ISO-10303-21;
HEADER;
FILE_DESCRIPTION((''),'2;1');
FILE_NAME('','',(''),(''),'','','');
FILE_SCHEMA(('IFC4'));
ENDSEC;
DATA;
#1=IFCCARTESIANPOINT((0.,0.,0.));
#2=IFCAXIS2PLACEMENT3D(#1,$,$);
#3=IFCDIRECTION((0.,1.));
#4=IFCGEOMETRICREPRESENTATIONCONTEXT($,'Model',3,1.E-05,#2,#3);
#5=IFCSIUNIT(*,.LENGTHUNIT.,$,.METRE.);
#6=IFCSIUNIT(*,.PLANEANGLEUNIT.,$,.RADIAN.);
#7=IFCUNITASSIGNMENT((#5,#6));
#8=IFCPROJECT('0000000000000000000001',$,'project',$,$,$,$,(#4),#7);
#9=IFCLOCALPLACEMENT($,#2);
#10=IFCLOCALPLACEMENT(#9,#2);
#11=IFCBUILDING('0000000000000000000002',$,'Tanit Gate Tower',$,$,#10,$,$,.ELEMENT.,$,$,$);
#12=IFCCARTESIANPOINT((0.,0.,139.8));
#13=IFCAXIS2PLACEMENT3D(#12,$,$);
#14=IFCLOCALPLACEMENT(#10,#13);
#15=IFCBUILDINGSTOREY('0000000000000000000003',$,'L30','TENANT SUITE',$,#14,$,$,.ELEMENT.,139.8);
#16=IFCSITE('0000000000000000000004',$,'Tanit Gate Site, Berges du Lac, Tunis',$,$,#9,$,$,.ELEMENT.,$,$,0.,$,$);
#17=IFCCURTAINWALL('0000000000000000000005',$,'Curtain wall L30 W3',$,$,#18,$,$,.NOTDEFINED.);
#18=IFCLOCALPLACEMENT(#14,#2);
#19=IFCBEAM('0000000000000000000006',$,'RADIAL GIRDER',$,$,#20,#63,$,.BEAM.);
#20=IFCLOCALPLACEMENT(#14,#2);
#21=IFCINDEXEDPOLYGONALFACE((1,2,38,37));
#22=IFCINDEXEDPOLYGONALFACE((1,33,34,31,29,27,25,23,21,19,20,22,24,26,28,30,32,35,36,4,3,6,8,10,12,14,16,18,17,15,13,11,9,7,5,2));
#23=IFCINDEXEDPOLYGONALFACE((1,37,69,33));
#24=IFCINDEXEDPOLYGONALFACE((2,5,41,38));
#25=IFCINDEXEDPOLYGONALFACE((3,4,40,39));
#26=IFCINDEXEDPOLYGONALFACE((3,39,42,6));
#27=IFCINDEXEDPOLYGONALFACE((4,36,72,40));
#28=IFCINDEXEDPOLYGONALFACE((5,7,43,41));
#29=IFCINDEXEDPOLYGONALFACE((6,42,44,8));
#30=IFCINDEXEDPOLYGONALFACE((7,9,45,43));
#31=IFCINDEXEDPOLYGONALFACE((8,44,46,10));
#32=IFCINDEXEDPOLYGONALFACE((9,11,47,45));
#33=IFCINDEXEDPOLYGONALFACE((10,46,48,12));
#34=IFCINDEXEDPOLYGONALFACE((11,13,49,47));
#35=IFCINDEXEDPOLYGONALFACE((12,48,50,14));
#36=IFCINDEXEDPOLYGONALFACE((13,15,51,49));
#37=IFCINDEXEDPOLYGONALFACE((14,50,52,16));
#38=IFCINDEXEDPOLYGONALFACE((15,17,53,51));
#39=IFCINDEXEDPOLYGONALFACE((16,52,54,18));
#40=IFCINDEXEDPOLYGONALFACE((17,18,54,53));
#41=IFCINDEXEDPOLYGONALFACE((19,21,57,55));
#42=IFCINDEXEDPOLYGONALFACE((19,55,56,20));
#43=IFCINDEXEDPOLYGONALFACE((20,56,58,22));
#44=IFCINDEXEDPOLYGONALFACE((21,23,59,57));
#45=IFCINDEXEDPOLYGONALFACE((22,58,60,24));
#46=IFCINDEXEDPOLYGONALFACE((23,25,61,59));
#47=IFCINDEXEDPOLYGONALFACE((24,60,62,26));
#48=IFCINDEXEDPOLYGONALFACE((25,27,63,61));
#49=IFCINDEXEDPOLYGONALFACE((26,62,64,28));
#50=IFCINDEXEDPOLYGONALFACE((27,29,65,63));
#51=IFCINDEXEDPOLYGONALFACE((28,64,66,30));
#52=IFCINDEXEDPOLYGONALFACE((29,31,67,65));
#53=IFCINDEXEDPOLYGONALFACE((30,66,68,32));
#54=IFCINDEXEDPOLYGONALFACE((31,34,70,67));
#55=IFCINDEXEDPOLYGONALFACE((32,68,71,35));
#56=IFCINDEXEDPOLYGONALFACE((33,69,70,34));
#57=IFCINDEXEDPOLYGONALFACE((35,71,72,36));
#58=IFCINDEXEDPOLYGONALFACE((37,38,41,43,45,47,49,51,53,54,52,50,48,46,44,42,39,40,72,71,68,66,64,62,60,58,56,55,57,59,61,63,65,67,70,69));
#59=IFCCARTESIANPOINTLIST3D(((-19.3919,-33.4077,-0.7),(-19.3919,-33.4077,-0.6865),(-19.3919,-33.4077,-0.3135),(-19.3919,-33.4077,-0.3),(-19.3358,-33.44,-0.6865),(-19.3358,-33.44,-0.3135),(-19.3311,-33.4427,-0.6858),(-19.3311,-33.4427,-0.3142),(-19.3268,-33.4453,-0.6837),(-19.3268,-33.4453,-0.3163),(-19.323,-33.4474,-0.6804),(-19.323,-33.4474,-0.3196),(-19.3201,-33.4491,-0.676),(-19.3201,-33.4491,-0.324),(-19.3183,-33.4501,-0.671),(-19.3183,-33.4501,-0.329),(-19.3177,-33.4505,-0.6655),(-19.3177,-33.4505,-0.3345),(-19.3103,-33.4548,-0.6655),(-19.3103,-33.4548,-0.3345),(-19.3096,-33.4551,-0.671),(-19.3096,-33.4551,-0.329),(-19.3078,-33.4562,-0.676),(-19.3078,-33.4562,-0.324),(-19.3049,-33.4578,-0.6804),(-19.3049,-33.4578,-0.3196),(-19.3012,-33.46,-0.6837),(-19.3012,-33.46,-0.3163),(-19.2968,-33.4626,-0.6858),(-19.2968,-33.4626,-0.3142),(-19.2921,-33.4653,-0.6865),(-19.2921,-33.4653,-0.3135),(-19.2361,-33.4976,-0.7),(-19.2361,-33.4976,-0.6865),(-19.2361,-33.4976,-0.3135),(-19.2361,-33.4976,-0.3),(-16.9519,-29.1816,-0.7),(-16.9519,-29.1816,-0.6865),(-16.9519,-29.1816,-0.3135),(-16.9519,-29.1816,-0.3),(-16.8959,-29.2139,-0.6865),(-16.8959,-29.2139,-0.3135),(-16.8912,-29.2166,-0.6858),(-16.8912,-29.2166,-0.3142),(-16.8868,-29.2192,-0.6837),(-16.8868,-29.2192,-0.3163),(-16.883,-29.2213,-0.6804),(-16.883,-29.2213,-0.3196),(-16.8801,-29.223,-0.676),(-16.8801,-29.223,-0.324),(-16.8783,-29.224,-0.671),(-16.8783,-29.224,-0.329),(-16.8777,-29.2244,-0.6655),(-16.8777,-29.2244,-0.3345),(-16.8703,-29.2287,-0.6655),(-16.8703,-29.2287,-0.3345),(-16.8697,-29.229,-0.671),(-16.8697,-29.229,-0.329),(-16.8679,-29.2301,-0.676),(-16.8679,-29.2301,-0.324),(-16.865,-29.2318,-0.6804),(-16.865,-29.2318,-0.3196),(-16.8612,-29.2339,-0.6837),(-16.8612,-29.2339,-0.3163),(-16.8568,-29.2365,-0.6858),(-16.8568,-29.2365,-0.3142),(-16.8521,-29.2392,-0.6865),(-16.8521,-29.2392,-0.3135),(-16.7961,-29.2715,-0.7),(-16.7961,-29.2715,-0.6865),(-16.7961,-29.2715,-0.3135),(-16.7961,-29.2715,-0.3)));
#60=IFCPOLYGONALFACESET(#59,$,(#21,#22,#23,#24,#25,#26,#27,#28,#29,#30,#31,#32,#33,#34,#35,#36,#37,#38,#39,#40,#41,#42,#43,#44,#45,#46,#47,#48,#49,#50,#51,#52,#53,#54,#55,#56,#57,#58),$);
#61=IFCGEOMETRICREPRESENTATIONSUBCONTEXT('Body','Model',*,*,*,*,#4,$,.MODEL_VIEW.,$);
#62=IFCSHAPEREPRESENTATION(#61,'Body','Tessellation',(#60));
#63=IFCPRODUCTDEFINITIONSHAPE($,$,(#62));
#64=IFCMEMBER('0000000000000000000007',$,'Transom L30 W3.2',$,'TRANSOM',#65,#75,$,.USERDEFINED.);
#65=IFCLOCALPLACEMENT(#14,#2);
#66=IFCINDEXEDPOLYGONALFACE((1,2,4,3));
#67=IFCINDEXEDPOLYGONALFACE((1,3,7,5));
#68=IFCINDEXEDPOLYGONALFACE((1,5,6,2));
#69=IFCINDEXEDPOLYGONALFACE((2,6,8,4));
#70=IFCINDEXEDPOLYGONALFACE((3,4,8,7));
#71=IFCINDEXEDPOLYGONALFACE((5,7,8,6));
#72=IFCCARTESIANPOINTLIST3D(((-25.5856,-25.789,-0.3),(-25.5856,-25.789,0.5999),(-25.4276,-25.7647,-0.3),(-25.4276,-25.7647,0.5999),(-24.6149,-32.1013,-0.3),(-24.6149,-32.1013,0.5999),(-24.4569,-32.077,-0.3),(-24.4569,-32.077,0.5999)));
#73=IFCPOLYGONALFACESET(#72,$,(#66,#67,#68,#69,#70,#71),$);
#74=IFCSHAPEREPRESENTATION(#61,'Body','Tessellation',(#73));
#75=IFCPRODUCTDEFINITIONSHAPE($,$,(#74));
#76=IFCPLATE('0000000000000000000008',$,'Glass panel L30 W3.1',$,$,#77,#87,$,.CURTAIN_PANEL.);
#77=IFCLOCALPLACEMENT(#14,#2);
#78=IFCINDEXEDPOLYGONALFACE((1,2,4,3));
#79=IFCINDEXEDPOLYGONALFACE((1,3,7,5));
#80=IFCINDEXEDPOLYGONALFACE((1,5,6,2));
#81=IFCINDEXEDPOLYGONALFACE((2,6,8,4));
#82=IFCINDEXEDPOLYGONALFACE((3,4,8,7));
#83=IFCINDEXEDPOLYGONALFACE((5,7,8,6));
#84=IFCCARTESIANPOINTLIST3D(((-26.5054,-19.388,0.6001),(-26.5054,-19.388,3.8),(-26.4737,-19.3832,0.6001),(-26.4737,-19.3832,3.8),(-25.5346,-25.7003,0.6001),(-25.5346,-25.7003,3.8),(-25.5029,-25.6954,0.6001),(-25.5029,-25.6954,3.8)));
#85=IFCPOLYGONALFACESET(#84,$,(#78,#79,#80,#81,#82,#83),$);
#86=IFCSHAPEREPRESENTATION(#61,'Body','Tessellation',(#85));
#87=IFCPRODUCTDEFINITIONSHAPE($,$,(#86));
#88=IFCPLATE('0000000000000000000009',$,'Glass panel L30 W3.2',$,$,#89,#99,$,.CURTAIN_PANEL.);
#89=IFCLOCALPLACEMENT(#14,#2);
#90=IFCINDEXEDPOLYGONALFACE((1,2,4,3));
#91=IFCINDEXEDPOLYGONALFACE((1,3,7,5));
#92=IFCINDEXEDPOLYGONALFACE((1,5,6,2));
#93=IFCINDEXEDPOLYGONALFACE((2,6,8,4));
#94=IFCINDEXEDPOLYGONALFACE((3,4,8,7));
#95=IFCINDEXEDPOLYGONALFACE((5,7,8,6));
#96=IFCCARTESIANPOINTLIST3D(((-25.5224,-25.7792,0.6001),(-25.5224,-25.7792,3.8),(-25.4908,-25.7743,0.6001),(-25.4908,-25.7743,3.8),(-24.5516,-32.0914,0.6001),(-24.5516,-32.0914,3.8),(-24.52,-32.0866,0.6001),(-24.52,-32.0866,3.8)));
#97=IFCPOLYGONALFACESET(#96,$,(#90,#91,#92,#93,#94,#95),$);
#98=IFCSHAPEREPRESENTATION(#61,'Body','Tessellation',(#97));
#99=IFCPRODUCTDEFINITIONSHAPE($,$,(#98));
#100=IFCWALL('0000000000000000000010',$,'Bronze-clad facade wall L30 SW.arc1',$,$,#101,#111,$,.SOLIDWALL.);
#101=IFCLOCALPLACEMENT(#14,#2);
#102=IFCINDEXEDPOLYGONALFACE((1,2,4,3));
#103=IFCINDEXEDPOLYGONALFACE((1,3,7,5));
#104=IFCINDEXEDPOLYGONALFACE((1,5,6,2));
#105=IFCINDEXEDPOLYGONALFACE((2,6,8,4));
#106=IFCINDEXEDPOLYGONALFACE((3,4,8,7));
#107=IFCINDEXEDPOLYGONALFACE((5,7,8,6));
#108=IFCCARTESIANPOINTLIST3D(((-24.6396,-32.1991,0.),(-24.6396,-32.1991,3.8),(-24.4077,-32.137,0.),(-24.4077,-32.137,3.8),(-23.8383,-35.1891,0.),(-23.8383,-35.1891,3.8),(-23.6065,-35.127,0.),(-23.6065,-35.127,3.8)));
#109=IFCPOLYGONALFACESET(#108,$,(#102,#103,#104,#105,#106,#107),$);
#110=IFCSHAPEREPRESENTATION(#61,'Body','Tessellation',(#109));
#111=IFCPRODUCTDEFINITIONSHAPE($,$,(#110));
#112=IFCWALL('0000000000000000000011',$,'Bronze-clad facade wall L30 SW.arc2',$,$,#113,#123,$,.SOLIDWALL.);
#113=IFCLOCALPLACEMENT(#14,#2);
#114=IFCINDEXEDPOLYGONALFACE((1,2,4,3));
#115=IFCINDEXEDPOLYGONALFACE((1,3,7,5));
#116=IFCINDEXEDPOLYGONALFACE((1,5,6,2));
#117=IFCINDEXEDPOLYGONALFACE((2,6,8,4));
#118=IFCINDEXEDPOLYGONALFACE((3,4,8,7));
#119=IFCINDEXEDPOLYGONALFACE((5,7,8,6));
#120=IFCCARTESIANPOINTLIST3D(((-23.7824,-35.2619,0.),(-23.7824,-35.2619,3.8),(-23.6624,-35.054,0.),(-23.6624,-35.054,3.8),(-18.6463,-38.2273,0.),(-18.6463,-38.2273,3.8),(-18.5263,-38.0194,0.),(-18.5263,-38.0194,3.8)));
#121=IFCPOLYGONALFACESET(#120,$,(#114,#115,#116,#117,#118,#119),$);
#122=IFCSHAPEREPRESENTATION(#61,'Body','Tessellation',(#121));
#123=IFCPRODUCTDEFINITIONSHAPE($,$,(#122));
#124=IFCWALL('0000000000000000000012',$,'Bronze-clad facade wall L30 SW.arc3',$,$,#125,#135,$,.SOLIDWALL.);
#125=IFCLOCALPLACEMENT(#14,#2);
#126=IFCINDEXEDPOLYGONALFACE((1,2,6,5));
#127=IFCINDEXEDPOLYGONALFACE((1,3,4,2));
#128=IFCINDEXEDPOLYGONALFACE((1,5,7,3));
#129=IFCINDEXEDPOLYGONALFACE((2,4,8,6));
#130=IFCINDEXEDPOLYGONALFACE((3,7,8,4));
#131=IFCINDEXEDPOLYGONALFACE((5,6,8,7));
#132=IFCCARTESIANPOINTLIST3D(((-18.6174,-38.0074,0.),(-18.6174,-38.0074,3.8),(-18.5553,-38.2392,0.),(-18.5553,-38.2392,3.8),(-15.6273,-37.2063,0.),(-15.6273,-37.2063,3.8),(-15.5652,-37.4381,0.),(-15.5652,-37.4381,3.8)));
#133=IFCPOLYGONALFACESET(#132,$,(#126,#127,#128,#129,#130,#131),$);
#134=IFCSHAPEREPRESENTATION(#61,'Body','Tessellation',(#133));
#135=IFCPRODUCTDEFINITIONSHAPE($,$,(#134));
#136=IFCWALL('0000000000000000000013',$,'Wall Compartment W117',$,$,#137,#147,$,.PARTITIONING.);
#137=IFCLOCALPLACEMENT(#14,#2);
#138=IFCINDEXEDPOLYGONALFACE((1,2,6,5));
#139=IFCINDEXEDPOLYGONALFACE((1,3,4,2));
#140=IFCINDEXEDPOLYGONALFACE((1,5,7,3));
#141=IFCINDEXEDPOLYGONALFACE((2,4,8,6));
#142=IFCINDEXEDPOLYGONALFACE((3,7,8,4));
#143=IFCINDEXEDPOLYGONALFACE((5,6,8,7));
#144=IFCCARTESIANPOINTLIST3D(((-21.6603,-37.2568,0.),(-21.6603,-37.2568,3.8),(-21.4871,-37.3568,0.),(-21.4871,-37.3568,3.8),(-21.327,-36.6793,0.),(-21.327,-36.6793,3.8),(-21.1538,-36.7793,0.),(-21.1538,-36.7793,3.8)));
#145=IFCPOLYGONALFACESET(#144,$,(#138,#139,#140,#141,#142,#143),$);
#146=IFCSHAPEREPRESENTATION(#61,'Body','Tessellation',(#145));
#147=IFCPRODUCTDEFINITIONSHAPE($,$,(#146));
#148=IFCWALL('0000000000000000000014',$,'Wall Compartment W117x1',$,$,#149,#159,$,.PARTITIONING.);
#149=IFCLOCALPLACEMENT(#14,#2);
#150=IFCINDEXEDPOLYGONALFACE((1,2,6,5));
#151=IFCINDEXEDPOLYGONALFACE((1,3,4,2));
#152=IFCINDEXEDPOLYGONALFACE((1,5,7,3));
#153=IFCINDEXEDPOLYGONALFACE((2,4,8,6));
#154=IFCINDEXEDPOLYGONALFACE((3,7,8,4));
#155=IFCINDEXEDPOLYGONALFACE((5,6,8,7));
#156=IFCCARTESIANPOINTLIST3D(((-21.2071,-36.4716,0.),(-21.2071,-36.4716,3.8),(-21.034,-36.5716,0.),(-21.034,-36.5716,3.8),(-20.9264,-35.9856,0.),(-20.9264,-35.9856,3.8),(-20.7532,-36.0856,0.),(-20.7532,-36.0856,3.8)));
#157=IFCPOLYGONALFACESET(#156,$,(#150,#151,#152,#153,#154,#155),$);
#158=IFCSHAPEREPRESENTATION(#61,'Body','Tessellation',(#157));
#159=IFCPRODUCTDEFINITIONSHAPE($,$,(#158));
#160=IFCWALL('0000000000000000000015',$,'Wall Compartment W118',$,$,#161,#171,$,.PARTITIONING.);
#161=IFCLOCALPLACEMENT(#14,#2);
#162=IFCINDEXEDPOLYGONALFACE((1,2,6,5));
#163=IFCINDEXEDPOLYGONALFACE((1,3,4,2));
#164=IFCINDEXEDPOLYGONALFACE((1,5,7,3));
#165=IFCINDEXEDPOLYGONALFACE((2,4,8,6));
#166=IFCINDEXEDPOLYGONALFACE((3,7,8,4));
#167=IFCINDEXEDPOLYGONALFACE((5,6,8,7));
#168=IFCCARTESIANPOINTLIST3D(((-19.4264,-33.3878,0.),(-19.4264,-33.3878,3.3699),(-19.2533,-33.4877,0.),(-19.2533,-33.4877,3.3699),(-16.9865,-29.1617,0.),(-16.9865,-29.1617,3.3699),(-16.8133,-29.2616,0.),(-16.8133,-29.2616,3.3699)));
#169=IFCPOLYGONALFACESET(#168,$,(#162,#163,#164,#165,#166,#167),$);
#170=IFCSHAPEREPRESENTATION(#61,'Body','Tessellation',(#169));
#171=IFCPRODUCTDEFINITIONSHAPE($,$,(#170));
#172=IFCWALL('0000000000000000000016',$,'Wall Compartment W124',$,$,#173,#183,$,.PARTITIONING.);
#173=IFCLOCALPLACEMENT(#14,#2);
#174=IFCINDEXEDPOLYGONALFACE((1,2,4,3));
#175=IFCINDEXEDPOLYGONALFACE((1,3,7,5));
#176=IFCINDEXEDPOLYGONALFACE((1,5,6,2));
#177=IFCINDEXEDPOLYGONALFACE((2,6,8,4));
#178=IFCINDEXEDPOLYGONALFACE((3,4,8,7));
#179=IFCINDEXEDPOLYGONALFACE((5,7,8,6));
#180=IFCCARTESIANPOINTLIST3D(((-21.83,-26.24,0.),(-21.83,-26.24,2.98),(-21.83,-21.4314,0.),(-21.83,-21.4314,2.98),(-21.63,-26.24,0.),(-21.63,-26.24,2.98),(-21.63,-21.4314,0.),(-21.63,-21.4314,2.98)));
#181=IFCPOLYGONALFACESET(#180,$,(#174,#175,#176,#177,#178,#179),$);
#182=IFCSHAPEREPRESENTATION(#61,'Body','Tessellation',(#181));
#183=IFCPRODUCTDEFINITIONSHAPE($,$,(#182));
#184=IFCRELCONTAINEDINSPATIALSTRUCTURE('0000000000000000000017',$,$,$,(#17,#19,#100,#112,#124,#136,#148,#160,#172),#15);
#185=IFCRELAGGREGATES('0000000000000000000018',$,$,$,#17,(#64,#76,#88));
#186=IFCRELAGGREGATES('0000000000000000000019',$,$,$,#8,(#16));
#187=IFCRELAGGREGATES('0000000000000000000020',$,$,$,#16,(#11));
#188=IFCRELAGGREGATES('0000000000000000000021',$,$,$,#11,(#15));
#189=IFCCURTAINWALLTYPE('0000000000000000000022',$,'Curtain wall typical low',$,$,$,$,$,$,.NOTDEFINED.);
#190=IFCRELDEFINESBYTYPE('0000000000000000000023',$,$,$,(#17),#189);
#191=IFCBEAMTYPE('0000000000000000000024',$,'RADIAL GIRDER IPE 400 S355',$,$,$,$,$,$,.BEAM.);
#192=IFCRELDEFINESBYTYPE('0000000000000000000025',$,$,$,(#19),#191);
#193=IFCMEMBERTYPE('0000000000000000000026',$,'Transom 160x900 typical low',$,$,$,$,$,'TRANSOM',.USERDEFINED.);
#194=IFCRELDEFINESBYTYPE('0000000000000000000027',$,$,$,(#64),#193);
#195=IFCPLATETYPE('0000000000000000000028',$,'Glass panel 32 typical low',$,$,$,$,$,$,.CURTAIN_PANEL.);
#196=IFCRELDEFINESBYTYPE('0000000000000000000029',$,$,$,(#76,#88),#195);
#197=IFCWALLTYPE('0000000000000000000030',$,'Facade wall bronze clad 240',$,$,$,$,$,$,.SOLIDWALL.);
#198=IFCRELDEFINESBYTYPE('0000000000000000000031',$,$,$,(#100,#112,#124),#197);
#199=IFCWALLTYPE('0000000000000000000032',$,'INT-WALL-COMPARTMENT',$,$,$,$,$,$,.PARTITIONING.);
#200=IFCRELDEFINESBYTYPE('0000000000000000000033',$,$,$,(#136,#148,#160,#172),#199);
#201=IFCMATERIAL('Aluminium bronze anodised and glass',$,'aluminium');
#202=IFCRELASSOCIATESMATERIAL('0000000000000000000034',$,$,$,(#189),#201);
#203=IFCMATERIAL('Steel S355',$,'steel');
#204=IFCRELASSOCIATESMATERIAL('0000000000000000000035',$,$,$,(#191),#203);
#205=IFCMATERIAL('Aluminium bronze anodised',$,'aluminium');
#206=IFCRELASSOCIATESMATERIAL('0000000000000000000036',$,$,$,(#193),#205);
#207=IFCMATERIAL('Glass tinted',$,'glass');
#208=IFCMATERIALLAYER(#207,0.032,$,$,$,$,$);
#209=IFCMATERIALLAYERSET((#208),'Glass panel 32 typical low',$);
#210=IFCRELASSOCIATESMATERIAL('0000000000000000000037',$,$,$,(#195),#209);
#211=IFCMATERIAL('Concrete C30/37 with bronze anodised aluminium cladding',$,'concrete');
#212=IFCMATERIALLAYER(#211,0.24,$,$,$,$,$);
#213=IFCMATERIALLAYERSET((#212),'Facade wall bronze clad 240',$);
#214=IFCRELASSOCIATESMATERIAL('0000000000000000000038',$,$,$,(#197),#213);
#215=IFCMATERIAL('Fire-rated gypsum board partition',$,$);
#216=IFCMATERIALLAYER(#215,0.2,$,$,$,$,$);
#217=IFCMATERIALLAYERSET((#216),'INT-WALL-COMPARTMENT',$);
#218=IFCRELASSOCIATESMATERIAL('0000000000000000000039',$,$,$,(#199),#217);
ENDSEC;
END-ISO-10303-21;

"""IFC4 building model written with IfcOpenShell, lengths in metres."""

from ifc_helpers import new_model, si_unit, direction, frame, frame_2d, origin, origin_2d, place, context, subcontext, project, spatial, rectangle, i_section, extrude, material, layer, layer_set, material_profile, profile_set, type_object, element, aggregate, save


model = new_model("IFC4")

# Units and contexts
model_context = context("Model", 3, precision=1e-05, world=origin(), true_north=direction((0.0, 1.0)))
body_context = subcontext(model_context, "Body", "Model", "MODEL_VIEW")
ifc_project = project(units=[si_unit("LENGTHUNIT", "METRE"), si_unit("PLANEANGLEUNIT", "RADIAN")], contexts=[model_context])

# Site, building, storey
site_placement = place(None, origin())
site = spatial("IfcSite", under=ifc_project, at=site_placement, Name="Tanit Gate Site, Berges du Lac, Tunis", CompositionType="ELEMENT", RefElevation=0.0)
building_placement = place(site_placement, origin())
building = spatial("IfcBuilding", under=site, at=building_placement, Name="Tanit Gate Tower", CompositionType="ELEMENT")
storey_placement = place(building_placement, frame((0.0, 0.0, 139.8)))
storey = spatial("IfcBuildingStorey", under=building, at=storey_placement, Name="L30", Description="TENANT SUITE", CompositionType="ELEMENT", Elevation=139.8)

# Curtain wall
ifc_material_1 = material(Name="Aluminium bronze anodised and glass", Category="aluminium")
curtain_wall_type = type_object("IfcCurtainWallType", Name="Curtain wall typical low", PredefinedType="NOTDEFINED", material=ifc_material_1)
curtain_wall_placement = place(storey_placement, origin())
curtain_wall = element("IfcCurtainWall", 1, at=curtain_wall_placement, inside=storey, type_object=curtain_wall_type, Name="Curtain wall L30 W3", PredefinedType="NOTDEFINED")

# Beam
ifc_material_2 = material(Name="Steel S355", Category="steel")
ifc_material_profile_1 = material_profile(ifc_material_2, i_section(OverallWidth=0.1799, OverallDepth=0.3999, WebThickness=0.0085, FlangeThickness=0.0134, FilletRadius=0.021, at=origin_2d()), Name="IPE 400")
ifc_profile_set_1 = profile_set([ifc_material_profile_1], Name="Steel S355")
beam_type_1 = type_object("IfcBeamType", Name="RADIAL GIRDER IPE 400 S355", PredefinedType="BEAM", material=ifc_profile_set_1)
beam_1_placement = place(storey_placement, frame((-19.314, -33.4526, -0.5), z_axis=(0.500003, 0.866024, 0.0), x_axis=(-0.866024, 0.500003, 0.0)))
element("IfcBeam", 2, at=beam_1_placement, inside=storey, type_object=beam_type_1, Name="RADIAL GIRDER", PredefinedType="BEAM", context=body_context, shape_type="SweptSolid", body=[
    extrude(i_section(OverallWidth=0.1799, OverallDepth=0.3999, WebThickness=0.0085, FlangeThickness=0.0134, FilletRadius=0.021, at=origin_2d()), origin(), (0.0, 0.0, 1.0), 4.8799),
])

# Member
ifc_material_3 = material(Name="Aluminium bronze anodised", Category="aluminium")
ifc_material_profile_2 = material_profile(ifc_material_3, rectangle(XDim=0.1599, YDim=0.8999, at=origin_2d()), Name="160x900 bronze transom")
ifc_profile_set_2 = profile_set([ifc_material_profile_2], Name="Aluminium bronze anodised")
member_type_1 = type_object("IfcMemberType", Name="Transom 160x900 typical low", ElementType="TRANSOM", PredefinedType="USERDEFINED", material=ifc_profile_set_2)
member_1_placement = place(storey_placement, frame((-25.5066, -25.7769, 0.1499), z_axis=(0.151994, -0.988381, 0.0), x_axis=(0.988381, 0.151994, 0.0)))
member_1 = element("IfcMember", 3, at=member_1_placement, type_object=member_type_1, Name="Transom L30 W3.2", ObjectType="TRANSOM", PredefinedType="USERDEFINED", context=body_context, shape_type="SweptSolid", body=[
    extrude(rectangle(XDim=0.1599, YDim=0.8999, at=origin_2d()), origin(), (0.0, 0.0, 1.0), 6.3865),
])

# Plates
ifc_material_4 = material(Name="Glass tinted", Category="glass")
ifc_layer_1 = layer(ifc_material_4, 0.032)
ifc_layer_set_1 = layer_set([ifc_layer_1], Name="Glass panel 32 typical low")
plate_type = type_object("IfcPlateType", Name="Glass panel 32 typical low", PredefinedType="CURTAIN_PANEL", material=ifc_layer_set_1)
plate_1_placement = place(storey_placement, frame((-26.0042, -22.5417, 0.6001), z_axis=(0.0, 0.0, 1.0), x_axis=(0.152008, -0.988379, 0.0)))
plate_1 = element("IfcPlate", 4, at=plate_1_placement, type_object=plate_type, Name="Glass panel L30 W3.1", PredefinedType="CURTAIN_PANEL", context=body_context, shape_type="SweptSolid", body=[
    extrude(rectangle(XDim=6.3865, YDim=0.032, at=origin_2d()), origin(), (0.0, 0.0, 1.0), 3.2),
])
plate_2_placement = place(storey_placement, frame((-25.0212, -28.9329, 0.6001), z_axis=(0.0, 0.0, 1.0), x_axis=(0.152008, -0.988379, 0.0)))
plate_2 = element("IfcPlate", 5, at=plate_2_placement, type_object=plate_type, Name="Glass panel L30 W3.2", PredefinedType="CURTAIN_PANEL", context=body_context, shape_type="SweptSolid", body=[
    extrude(rectangle(XDim=6.3865, YDim=0.032, at=origin_2d()), origin(), (0.0, 0.0, 1.0), 3.2),
])
aggregate(curtain_wall, [member_1, plate_1, plate_2])

# Walls
ifc_material_5 = material(Name="Concrete C30/37 with bronze anodised aluminium cladding", Category="concrete")
ifc_layer_2 = layer(ifc_material_5, 0.24)
ifc_layer_set_2 = layer_set([ifc_layer_2], Name="Facade wall bronze clad 240")
wall_type_1 = type_object("IfcWallType", Name="Facade wall bronze clad 240", PredefinedType="SOLIDWALL", material=ifc_layer_set_2)
wall_1_placement = place(storey_placement, frame((-24.5237, -32.168, 0.0), z_axis=(0.0, 0.0, 1.0), x_axis=(0.25885, -0.965917, 0.0)))
element("IfcWall", 6, at=wall_1_placement, inside=storey, type_object=wall_type_1, Name="Bronze-clad facade wall L30 SW.arc1", PredefinedType="SOLIDWALL", context=body_context, shape_type="SweptSolid", body=[
    extrude(rectangle(XDim=3.0955, YDim=0.24, at=frame_2d((1.5479, 0.0))), origin(), (0.0, 0.0, 1.0), 3.8),
])
wall_2_placement = place(storey_placement, frame((-23.7224, -35.158, 0.0), z_axis=(0.0, 0.0, 1.0), x_axis=(0.86602, -0.500009, 0.0)))
element("IfcWall", 7, at=wall_2_placement, inside=storey, type_object=wall_type_1, Name="Bronze-clad facade wall L30 SW.arc2", PredefinedType="SOLIDWALL", context=body_context, shape_type="SweptSolid", body=[
    extrude(rectangle(XDim=5.9307, YDim=0.24, at=frame_2d((2.9653, 0.0))), origin(), (0.0, 0.0, 1.0), 3.8),
])
wall_3_placement = place(storey_placement, frame((-18.5864, -38.1233, 0.0), z_axis=(0.0, 0.0, 1.0), x_axis=(0.965937, 0.258777, 0.0)))
element("IfcWall", 8, at=wall_3_placement, inside=storey, type_object=wall_type_1, Name="Bronze-clad facade wall L30 SW.arc3", PredefinedType="SOLIDWALL", context=body_context, shape_type="SweptSolid", body=[
    extrude(rectangle(XDim=3.0955, YDim=0.24, at=frame_2d((1.5479, 0.0))), origin(), (0.0, 0.0, 1.0), 3.8),
])
ifc_material_6 = material(Name="Fire-rated gypsum board partition")
ifc_layer_3 = layer(ifc_material_6, 0.2)
ifc_layer_set_3 = layer_set([ifc_layer_3], Name="INT-WALL-COMPARTMENT")
wall_type_2 = type_object("IfcWallType", Name="INT-WALL-COMPARTMENT", PredefinedType="PARTITIONING", material=ifc_layer_set_3)
wall_4_placement = place(storey_placement, frame((-21.5737, -37.3069, 0.0), z_axis=(0.0, 0.0, 1.0), x_axis=(0.499881, 0.866094, 0.0)))
element("IfcWall", 9, at=wall_4_placement, inside=storey, type_object=wall_type_2, Name="Wall Compartment W117", PredefinedType="PARTITIONING", context=body_context, shape_type="SweptSolid", body=[
    extrude(rectangle(XDim=0.6667, YDim=0.2, at=frame_2d((0.3335, 0.0))), origin(), (0.0, 0.0, 1.0), 3.8),
])
wall_5_placement = place(storey_placement, frame((-21.1206, -36.5217, 0.0), z_axis=(0.0, 0.0, 1.0), x_axis=(0.500162, 0.865932, 0.0)))
element("IfcWall", 10, at=wall_5_placement, inside=storey, type_object=wall_type_2, Name="Wall Compartment W117x1", PredefinedType="PARTITIONING", context=body_context, shape_type="SweptSolid", body=[
    extrude(rectangle(XDim=0.5613, YDim=0.2, at=frame_2d((0.2808, 0.0))), origin(), (0.0, 0.0, 1.0), 3.8),
])
wall_6_placement = place(storey_placement, frame((-19.3398, -33.4377, 0.0), z_axis=(0.0, 0.0, 1.0), x_axis=(0.500003, 0.866024, 0.0)))
element("IfcWall", 11, at=wall_6_placement, inside=storey, type_object=wall_type_2, Name="Wall Compartment W118", PredefinedType="PARTITIONING", context=body_context, shape_type="SweptSolid", body=[
    extrude(rectangle(XDim=4.8799, YDim=0.2, at=frame_2d((2.4399, 0.0))), origin(), (0.0, 0.0, 1.0), 3.3699),
])
wall_7_placement = place(storey_placement, frame((-21.73, -26.24, 0.0), z_axis=(0.0, 0.0, 1.0), x_axis=(0.0, 1.0, 0.0)))
element("IfcWall", 12, at=wall_7_placement, inside=storey, type_object=wall_type_2, Name="Wall Compartment W124", PredefinedType="PARTITIONING", context=body_context, shape_type="SweptSolid", body=[
    extrude(rectangle(XDim=4.8086, YDim=0.2, at=frame_2d((2.4043, 0.0))), origin(), (0.0, 0.0, 1.0), 2.98),
])

save(model, "model.ifc")
